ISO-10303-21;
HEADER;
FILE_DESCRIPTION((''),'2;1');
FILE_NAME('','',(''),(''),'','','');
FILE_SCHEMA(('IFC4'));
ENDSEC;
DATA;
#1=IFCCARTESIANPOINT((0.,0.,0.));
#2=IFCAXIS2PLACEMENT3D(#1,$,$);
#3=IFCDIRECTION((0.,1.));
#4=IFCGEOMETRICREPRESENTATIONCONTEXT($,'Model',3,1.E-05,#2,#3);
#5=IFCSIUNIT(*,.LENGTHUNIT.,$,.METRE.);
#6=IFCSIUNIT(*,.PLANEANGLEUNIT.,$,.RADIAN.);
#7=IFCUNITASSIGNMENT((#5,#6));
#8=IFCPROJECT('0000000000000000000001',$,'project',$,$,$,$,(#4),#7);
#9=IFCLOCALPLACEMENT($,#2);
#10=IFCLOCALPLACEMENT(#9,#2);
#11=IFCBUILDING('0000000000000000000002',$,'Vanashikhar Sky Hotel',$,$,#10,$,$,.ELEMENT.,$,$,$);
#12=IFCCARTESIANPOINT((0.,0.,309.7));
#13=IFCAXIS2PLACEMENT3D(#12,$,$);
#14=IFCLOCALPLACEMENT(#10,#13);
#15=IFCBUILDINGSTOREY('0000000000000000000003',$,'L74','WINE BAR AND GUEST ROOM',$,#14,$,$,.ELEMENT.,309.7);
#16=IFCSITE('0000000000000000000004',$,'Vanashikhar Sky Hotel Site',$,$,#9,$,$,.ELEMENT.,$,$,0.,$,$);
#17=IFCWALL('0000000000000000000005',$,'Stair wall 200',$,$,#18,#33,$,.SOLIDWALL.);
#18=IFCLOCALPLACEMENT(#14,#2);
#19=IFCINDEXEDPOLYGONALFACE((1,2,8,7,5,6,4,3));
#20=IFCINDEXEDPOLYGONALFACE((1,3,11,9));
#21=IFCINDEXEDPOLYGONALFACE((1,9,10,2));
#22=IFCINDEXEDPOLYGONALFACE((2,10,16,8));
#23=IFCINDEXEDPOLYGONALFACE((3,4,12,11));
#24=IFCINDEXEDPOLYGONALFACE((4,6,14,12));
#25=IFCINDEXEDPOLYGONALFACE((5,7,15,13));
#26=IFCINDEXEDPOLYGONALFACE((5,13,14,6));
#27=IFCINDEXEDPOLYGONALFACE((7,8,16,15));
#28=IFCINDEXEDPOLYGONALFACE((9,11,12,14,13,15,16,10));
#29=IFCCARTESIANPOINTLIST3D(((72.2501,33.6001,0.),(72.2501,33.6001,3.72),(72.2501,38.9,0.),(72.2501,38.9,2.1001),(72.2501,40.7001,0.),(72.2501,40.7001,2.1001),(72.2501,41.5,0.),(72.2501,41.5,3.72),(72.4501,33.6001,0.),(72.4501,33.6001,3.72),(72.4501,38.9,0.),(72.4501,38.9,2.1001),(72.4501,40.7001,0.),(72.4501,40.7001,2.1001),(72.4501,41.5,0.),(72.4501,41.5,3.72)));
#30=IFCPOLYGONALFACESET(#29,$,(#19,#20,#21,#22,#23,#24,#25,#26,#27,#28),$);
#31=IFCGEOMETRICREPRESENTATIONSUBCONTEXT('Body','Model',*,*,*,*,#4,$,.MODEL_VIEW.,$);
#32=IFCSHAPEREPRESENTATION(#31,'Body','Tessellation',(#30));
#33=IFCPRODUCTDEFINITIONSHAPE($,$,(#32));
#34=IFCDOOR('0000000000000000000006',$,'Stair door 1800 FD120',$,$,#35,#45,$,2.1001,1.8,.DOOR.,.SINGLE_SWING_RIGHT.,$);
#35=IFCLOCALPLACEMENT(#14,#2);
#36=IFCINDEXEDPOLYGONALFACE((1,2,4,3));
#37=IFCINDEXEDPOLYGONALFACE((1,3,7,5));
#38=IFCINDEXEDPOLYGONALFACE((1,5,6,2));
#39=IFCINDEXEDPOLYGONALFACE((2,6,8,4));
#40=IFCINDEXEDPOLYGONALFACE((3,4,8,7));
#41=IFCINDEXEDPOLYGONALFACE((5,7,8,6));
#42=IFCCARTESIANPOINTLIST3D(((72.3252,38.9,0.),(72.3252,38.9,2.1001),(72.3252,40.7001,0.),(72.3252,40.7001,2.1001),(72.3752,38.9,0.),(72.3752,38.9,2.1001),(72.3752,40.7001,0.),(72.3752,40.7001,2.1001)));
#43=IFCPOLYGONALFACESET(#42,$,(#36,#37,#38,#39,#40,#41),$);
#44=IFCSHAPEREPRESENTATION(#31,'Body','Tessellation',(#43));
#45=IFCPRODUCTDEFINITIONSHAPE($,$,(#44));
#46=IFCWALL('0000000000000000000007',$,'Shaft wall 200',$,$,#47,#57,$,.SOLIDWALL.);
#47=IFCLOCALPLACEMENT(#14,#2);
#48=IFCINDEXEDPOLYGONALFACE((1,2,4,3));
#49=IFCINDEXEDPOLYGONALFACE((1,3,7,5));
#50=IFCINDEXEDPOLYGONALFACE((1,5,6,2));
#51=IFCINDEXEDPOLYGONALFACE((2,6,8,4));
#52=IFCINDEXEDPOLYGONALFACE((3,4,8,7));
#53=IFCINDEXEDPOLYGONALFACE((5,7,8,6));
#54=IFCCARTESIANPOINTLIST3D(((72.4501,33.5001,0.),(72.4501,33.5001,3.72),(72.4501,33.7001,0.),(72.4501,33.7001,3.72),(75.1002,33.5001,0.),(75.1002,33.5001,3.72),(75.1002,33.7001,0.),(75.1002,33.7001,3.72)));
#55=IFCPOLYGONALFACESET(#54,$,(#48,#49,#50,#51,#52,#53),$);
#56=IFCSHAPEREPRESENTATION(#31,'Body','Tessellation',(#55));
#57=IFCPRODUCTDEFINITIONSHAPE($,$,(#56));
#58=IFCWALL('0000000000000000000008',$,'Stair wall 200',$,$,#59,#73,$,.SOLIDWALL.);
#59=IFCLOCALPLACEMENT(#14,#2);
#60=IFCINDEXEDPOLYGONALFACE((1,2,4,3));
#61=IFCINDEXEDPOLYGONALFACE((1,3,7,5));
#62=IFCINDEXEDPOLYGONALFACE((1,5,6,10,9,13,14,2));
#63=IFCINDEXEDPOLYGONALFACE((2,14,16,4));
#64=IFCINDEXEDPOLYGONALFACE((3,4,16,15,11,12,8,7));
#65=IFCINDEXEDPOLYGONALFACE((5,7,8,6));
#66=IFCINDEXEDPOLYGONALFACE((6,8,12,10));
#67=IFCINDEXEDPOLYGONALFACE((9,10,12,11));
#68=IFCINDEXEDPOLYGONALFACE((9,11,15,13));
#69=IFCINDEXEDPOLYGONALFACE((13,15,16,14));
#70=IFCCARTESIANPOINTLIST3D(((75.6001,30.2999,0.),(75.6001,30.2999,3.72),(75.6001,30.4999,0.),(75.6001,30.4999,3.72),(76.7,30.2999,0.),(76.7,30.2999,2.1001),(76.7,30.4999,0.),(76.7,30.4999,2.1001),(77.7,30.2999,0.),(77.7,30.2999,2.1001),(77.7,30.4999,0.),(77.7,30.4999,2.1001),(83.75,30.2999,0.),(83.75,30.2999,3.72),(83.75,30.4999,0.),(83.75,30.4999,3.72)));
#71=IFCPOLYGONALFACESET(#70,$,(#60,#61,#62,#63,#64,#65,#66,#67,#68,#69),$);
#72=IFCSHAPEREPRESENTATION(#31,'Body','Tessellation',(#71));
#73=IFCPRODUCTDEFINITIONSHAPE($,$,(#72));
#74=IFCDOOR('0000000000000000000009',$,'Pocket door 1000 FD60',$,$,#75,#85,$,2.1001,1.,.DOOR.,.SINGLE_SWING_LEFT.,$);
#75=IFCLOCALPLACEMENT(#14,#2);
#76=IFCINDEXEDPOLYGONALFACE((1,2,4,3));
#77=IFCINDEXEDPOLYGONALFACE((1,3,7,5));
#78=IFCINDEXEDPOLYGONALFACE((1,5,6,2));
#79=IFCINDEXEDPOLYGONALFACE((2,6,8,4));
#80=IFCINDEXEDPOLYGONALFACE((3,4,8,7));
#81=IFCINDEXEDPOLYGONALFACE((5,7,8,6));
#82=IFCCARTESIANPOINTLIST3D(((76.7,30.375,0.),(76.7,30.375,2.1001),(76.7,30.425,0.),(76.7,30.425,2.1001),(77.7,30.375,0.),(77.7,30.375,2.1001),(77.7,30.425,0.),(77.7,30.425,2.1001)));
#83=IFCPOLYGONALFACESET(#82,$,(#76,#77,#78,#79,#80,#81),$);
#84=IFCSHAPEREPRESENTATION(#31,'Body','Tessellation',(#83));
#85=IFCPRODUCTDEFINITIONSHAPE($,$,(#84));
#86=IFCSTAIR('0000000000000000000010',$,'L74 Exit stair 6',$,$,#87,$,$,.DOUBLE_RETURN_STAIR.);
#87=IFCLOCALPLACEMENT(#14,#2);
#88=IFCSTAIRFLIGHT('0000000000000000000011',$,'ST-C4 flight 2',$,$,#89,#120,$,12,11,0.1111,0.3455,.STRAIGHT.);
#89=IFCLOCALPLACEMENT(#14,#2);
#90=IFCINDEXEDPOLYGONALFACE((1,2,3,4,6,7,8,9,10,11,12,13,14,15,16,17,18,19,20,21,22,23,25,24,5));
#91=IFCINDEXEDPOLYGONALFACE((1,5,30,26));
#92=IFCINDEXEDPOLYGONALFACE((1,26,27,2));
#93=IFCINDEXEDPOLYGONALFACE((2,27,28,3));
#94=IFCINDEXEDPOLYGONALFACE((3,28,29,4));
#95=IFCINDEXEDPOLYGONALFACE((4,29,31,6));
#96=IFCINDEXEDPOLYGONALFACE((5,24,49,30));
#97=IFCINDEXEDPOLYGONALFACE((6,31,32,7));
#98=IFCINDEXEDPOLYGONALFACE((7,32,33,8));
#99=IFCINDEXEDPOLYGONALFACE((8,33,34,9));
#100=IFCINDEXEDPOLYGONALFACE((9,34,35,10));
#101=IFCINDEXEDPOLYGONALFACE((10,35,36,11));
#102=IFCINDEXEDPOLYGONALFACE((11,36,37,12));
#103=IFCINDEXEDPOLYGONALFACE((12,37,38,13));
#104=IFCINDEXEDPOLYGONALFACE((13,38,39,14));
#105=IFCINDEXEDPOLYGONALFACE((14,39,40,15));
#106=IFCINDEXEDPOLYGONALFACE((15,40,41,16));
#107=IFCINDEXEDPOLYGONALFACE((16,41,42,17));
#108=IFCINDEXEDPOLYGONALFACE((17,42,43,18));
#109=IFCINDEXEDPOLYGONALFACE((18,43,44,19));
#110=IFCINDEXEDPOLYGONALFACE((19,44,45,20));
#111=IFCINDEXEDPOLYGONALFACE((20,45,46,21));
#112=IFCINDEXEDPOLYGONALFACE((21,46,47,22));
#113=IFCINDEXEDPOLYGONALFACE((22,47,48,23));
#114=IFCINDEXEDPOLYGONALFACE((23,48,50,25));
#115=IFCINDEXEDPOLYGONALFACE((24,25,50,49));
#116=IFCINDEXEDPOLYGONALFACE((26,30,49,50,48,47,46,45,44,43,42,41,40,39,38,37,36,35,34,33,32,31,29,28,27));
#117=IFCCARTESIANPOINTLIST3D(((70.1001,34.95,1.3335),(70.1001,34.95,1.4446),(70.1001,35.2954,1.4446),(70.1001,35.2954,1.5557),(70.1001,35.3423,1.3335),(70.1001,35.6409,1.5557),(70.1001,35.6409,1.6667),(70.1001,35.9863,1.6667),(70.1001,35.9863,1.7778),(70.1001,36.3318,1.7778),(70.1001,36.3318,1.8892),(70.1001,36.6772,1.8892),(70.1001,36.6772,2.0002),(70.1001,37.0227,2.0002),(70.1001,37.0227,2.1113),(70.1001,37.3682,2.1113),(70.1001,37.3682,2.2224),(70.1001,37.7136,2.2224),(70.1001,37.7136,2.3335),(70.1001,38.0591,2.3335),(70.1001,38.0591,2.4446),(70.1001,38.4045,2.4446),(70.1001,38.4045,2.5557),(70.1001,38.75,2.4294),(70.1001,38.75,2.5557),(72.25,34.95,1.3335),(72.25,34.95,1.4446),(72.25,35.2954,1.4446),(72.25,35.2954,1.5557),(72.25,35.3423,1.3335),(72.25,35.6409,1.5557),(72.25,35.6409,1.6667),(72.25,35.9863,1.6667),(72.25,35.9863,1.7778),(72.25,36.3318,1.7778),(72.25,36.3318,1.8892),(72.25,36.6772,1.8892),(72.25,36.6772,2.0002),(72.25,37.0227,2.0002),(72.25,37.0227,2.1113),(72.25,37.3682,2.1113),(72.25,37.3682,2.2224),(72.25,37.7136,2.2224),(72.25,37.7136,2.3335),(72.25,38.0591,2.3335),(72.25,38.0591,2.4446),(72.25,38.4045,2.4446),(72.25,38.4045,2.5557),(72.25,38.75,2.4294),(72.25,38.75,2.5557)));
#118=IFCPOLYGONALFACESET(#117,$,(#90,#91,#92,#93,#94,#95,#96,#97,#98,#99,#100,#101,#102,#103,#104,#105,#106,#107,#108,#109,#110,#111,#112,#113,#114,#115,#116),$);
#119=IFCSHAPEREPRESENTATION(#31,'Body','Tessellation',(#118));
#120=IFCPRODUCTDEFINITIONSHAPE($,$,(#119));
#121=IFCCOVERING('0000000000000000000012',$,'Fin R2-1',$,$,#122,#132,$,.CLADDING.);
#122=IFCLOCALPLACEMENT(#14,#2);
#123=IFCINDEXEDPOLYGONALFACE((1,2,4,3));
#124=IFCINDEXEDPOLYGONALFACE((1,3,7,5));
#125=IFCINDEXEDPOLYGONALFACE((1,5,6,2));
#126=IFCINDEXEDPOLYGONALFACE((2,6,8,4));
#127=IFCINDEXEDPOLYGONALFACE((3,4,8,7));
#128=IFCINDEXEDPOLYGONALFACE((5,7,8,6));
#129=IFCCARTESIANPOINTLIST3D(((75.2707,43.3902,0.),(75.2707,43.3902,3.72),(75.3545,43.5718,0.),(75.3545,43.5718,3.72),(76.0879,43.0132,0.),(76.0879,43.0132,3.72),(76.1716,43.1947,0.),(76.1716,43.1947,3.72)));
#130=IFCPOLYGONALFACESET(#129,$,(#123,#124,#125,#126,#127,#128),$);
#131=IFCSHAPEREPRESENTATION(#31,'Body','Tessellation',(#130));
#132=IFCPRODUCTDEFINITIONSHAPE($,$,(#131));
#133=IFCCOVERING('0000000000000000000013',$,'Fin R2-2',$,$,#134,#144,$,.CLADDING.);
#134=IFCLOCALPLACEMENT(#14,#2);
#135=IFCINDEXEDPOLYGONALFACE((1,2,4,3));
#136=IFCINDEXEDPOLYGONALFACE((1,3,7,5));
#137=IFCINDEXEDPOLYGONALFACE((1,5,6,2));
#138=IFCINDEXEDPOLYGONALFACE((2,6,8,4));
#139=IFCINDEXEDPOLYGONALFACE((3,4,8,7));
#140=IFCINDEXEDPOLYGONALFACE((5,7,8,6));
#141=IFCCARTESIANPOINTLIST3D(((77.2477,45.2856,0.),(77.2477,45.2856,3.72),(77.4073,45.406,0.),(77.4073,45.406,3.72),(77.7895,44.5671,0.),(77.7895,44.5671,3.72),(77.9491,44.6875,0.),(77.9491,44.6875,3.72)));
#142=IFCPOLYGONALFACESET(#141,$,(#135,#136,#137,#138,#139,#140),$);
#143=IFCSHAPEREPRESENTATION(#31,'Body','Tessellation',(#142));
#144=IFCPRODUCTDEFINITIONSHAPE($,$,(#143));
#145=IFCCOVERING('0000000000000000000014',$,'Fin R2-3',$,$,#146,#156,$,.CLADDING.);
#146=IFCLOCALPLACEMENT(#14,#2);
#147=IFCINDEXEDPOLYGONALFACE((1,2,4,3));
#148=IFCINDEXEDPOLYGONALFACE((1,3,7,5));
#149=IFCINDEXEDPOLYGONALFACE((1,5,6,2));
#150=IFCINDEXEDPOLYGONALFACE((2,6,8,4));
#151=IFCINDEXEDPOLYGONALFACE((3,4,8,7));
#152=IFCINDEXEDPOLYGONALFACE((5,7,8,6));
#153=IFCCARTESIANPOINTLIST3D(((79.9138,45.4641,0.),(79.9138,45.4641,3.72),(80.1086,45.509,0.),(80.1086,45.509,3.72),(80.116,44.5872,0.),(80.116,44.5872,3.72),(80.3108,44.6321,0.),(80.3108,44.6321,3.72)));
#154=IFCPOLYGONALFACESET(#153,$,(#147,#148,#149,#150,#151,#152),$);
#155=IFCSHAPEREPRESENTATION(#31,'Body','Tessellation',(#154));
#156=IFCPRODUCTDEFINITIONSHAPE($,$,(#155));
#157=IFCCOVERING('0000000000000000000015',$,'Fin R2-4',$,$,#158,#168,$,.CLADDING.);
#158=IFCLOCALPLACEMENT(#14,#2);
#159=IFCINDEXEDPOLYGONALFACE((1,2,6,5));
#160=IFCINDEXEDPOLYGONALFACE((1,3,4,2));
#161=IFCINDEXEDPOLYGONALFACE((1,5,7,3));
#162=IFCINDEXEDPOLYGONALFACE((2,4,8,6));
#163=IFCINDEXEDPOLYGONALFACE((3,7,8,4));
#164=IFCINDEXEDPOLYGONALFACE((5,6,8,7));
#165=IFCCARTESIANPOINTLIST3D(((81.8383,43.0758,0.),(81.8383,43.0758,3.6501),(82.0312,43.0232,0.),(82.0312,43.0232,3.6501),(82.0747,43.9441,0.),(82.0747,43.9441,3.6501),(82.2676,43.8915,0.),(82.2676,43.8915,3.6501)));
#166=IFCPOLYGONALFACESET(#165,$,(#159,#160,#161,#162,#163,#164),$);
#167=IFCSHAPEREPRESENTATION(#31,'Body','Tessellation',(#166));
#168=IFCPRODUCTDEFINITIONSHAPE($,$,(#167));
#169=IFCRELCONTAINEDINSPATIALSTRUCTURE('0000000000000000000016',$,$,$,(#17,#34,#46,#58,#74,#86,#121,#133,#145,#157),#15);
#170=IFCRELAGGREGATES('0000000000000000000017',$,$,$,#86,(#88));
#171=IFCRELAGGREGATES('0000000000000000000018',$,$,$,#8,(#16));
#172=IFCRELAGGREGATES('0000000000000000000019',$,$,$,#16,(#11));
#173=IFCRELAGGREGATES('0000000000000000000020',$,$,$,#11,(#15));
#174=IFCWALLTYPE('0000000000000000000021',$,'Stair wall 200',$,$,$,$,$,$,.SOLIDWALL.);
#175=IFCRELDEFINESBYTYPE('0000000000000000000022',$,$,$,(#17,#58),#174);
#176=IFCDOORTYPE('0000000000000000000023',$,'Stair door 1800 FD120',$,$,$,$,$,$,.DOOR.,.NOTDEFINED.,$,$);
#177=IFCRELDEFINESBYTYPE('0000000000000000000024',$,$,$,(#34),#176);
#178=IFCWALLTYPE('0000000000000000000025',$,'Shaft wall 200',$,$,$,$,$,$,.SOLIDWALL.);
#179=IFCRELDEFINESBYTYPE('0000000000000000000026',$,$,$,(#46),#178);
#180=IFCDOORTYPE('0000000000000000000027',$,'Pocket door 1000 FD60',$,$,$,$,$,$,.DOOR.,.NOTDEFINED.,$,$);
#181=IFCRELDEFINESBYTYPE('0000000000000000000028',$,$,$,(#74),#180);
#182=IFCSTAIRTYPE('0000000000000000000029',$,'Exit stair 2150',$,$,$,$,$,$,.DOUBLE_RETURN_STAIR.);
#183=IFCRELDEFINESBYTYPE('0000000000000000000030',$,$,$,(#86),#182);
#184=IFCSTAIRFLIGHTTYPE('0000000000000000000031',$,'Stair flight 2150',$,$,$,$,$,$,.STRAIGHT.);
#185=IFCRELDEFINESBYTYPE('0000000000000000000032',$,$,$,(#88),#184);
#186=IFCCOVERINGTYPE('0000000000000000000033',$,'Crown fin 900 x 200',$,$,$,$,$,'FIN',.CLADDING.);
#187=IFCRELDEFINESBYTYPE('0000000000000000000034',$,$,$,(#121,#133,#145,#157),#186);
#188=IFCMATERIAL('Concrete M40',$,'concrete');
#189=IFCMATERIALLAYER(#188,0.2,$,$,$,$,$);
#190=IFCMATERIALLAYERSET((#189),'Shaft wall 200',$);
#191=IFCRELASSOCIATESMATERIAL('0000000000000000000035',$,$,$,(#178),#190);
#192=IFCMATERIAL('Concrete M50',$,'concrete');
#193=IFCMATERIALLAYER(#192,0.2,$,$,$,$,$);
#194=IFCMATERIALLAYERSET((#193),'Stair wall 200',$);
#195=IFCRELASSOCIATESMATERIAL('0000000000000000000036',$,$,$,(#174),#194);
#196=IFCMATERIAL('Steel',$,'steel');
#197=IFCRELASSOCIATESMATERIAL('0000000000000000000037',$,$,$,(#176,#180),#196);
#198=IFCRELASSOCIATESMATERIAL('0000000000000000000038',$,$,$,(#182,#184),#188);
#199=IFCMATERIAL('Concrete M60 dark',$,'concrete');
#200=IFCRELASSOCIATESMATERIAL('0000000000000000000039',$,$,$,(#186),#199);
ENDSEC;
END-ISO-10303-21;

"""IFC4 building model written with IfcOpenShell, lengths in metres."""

from ifc_helpers import new_model, si_unit, direction, frame, frame_2d, origin, origin_2d, place, context, subcontext, project, spatial, polyline, rectangle, outline, extrude, source, transform, mapped, material, layer, layer_set, material_profile, profile_set, type_object, element, fill, aggregate, save


model = new_model("IFC4")

# Units and contexts
model_context = context("Model", 3, precision=1e-05, world=origin(), true_north=direction((0.0, 1.0)))
body_context = subcontext(model_context, "Body", "Model", "MODEL_VIEW")
ifc_project = project(units=[si_unit("LENGTHUNIT", "METRE"), si_unit("PLANEANGLEUNIT", "RADIAN")], contexts=[model_context])

# Site, building, storey
site_placement = place(None, origin())
site = spatial("IfcSite", under=ifc_project, at=site_placement, Name="Vanashikhar Sky Hotel Site", CompositionType="ELEMENT", RefElevation=0.0)
building_placement = place(site_placement, origin())
building = spatial("IfcBuilding", under=site, at=building_placement, Name="Vanashikhar Sky Hotel", CompositionType="ELEMENT")
storey_placement = place(building_placement, frame((0.0, 0.0, 309.7)))
storey = spatial("IfcBuildingStorey", under=building, at=storey_placement, Name="L74", Description="WINE BAR AND GUEST ROOM", CompositionType="ELEMENT", Elevation=309.7)

# Shared definitions
ifc_material_1 = material(Name="Concrete M50", Category="concrete")

# Shared definitions
ifc_material_2 = material(Name="Concrete M40", Category="concrete")
ifc_layer_1 = layer(ifc_material_2, 0.2)
ifc_layer_set_1 = layer_set([ifc_layer_1], Name="Shaft wall 200")
wall_type_1 = type_object("IfcWallType", Name="Shaft wall 200", PredefinedType="SOLIDWALL", material=ifc_layer_set_1)

# Wall, opening, door
ifc_layer_2 = layer(ifc_material_1, 0.2)
ifc_layer_set_2 = layer_set([ifc_layer_2], Name="Stair wall 200")
wall_type_2 = type_object("IfcWallType", Name="Stair wall 200", PredefinedType="SOLIDWALL", material=ifc_layer_set_2)
shared_shape_1 = source(origin(), body_context, "Body", "SweptSolid", [
    extrude(rectangle(XDim=7.8999, YDim=0.2, at=frame_2d((3.95, 0.0))), origin(), (0.0, 0.0, 1.0), 3.72),
])
wall_1_placement = place(storey_placement, frame((72.3501, 33.6001, 0.0), z_axis=(0.0, 0.0, 1.0), x_axis=(0.0, 1.0, 0.0)))
wall_1 = element("IfcWall", 1, at=wall_1_placement, inside=storey, type_object=wall_type_2, Name="Stair wall 200", PredefinedType="SOLIDWALL", context=body_context, shape_type="MappedRepresentation", body=[
    mapped(shared_shape_1, transform((0.0, 0.0, 0.0), scale=1.0)),
])
shared_shape_2 = source(origin(), body_context, "Body", "SweptSolid", [
    extrude(rectangle(XDim=1.8, YDim=2.1001, at=frame_2d((0.8999, 1.05))), frame((0.0, 0.1099, 0.0), z_axis=(0.0, -1.0, 0.0), x_axis=(1.0, 0.0, 0.0)), (0.0, 0.0, 1.0), 0.22),
])
opening_1_placement = place(wall_1_placement, frame((5.3, 0.0, 0.0)))
opening_1 = element("IfcOpeningElement", 2, at=opening_1_placement, cuts=wall_1, PredefinedType="OPENING", context=body_context, shape_type="MappedRepresentation", body=[
    mapped(shared_shape_2, transform((0.0, 0.0, 0.0), scale=1.0)),
])
ifc_material_3 = material(Name="Steel", Category="steel")
door_type_1 = type_object("IfcDoorType", Name="Stair door 1800 FD120", OperationType="NOTDEFINED", PredefinedType="DOOR", material=ifc_material_3)
shared_shape_3 = source(origin(), body_context, "Body", "SweptSolid", [
    extrude(rectangle(XDim=1.8, YDim=2.1001, at=frame_2d((0.8999, 1.05))), frame((0.0, 0.0249, 0.0), z_axis=(0.0, -1.0, 0.0), x_axis=(1.0, 0.0, 0.0)), (0.0, 0.0, 1.0), 0.05),
])
door_1_placement = place(opening_1_placement, origin())
door_1 = element("IfcDoor", 3, at=door_1_placement, inside=storey, type_object=door_type_1, Name="Stair door 1800 FD120", OperationType="SINGLE_SWING_RIGHT", OverallHeight=2.1001, OverallWidth=1.8, PredefinedType="DOOR", context=body_context, shape_type="MappedRepresentation", body=[
    mapped(shared_shape_3, transform((0.0, 0.0, 0.0), scale=1.0)),
])
fill(opening_1, door_1)

# Wall
shared_shape_4 = source(origin(), body_context, "Body", "SweptSolid", [
    extrude(rectangle(XDim=2.6501, YDim=0.2, at=frame_2d((1.3252, 0.0))), origin(), (0.0, 0.0, 1.0), 3.72),
])
wall_2_placement = place(storey_placement, frame((72.45, 33.6001, 0.0), z_axis=(0.0, 0.0, 1.0), x_axis=(1.0, 0.0, 0.0)))
element("IfcWall", 4, at=wall_2_placement, inside=storey, type_object=wall_type_1, Name="Shaft wall 200", PredefinedType="SOLIDWALL", context=body_context, shape_type="MappedRepresentation", body=[
    mapped(shared_shape_4, transform((0.0, 0.0, 0.0), scale=1.0)),
])

# Wall, opening, door
shared_shape_5 = source(origin(), body_context, "Body", "SweptSolid", [
    extrude(rectangle(XDim=8.1499, YDim=0.2, at=frame_2d((4.075, 0.0))), origin(), (0.0, 0.0, 1.0), 3.72),
])
wall_3_placement = place(storey_placement, frame((83.75, 30.3999, 0.0), z_axis=(0.0, 0.0, 1.0), x_axis=(-1.0, 0.0, 0.0)))
wall_3 = element("IfcWall", 5, at=wall_3_placement, inside=storey, type_object=wall_type_2, Name="Stair wall 200", PredefinedType="SOLIDWALL", context=body_context, shape_type="MappedRepresentation", body=[
    mapped(shared_shape_5, transform((0.0, 0.0, 0.0), scale=1.0)),
])
shared_shape_6 = source(origin(), body_context, "Body", "SweptSolid", [
    extrude(rectangle(XDim=1.0, YDim=2.1001, at=frame_2d((0.5, 1.05))), frame((0.0, 0.1099, 0.0), z_axis=(0.0, -1.0, 0.0), x_axis=(1.0, 0.0, 0.0)), (0.0, 0.0, 1.0), 0.22),
])
opening_2_placement = place(wall_3_placement, frame((6.05, 0.0, 0.0)))
opening_2 = element("IfcOpeningElement", 6, at=opening_2_placement, cuts=wall_3, PredefinedType="OPENING", context=body_context, shape_type="MappedRepresentation", body=[
    mapped(shared_shape_6, transform((0.0, 0.0, 0.0), scale=1.0)),
])
door_type_2 = type_object("IfcDoorType", Name="Pocket door 1000 FD60", OperationType="NOTDEFINED", PredefinedType="DOOR", material=ifc_material_3)
shared_shape_7 = source(origin(), body_context, "Body", "SweptSolid", [
    extrude(rectangle(XDim=1.0, YDim=2.1001, at=frame_2d((0.5, 1.05))), frame((0.0, 0.0249, 0.0), z_axis=(0.0, -1.0, 0.0), x_axis=(1.0, 0.0, 0.0)), (0.0, 0.0, 1.0), 0.05),
])
door_2_placement = place(opening_2_placement, origin())
door_2 = element("IfcDoor", 7, at=door_2_placement, inside=storey, type_object=door_type_2, Name="Pocket door 1000 FD60", OperationType="SINGLE_SWING_LEFT", OverallHeight=2.1001, OverallWidth=1.0, PredefinedType="DOOR", context=body_context, shape_type="MappedRepresentation", body=[
    mapped(shared_shape_7, transform((0.0, 0.0, 0.0), scale=1.0)),
])
fill(opening_2, door_2)

# Stair, stair flight
stair_type = type_object("IfcStairType", Name="Exit stair 2150", PredefinedType="DOUBLE_RETURN_STAIR", material=ifc_material_2)
stair_placement = place(storey_placement, origin())
stair = element("IfcStair", 8, at=stair_placement, inside=storey, type_object=stair_type, Name="L74 Exit stair 6", PredefinedType="DOUBLE_RETURN_STAIR")
stair_flight_type = type_object("IfcStairFlightType", Name="Stair flight 2150", PredefinedType="STRAIGHT", material=ifc_material_2)
shared_shape_8 = source(origin(), body_context, "Body", "SweptSolid", [
    extrude(outline(polyline([(0.0, 0.0), (0.0, 0.1111), (0.3455, 0.1111), (0.3455, 0.2222), (0.6909, 0.2222), (0.6909, 0.3333), (1.0364, 0.3333), (1.0364, 0.4443), (1.3818, 0.4443), (1.3818, 0.5557), (1.7273, 0.5557), (1.7273, 0.6667), (2.0728, 0.6667), (2.0728, 0.7778), (2.4182, 0.7778), (2.4182, 0.8889), (2.7637, 0.8889), (2.7637, 1.0), (3.1091, 1.0), (3.1091, 1.1111), (3.4546, 1.1111), (3.4546, 1.2222), (3.8, 1.2222), (3.8, 1.3333), (3.8, 1.0959), (0.3923, 0.0), (0.0, 0.0)])), frame((0.0, 1.075, 0.0), z_axis=(0.0, -1.0, 0.0), x_axis=(1.0, 0.0, 0.0)), (0.0, 0.0, 1.0), 2.1499),
])
stair_flight_placement = place(storey_placement, frame((71.175, 34.95, 1.3335), z_axis=(0.0, 0.0, 1.0), x_axis=(0.0, 1.0, 0.0)))
stair_flight = element("IfcStairFlight", 9, at=stair_flight_placement, type_object=stair_flight_type, Name="ST-C4 flight 2", NumberOfRisers=12, NumberOfTreads=11, PredefinedType="STRAIGHT", RiserHeight=0.1111, TreadLength=0.3455, context=body_context, shape_type="MappedRepresentation", body=[
    mapped(shared_shape_8, transform((0.0, 0.0, 0.0), scale=1.0)),
])
aggregate(stair, [stair_flight])

# Coverings
ifc_material_4 = material(Name="Concrete M60 dark", Category="concrete")
ifc_material_profile = material_profile(ifc_material_4, rectangle(XDim=0.8999, YDim=0.2, at=origin_2d()))
ifc_profile_set = profile_set([ifc_material_profile], Name="Crown fin 900 x 200")
covering_type = type_object("IfcCoveringType", Name="Crown fin 900 x 200", ElementType="FIN", PredefinedType="CLADDING", material=ifc_profile_set)
shared_shape_9 = source(origin(), body_context, "Body", "SweptSolid", [
    extrude(rectangle(XDim=0.8999, YDim=0.2, at=origin_2d()), origin(), (0.0, 0.0, 1.0), 3.72),
])
for number, where, z_axis, x_axis, name in (
    (10, (75.7212, 43.2925, 0.0), (0.0, 0.0, 1.0), (-0.908004, 0.418961, 0.0), "Fin R2-1"),
    (11, (77.5984, 44.9866, 0.0), (0.0, 0.0, 1.0), (-0.602066, 0.798446, 0.0), "Fin R2-2"),
    (12, (80.1123, 45.0481, 0.0), (0.0, 0.0, 1.0), (-0.224645, 0.974441, 0.0), "Fin R2-3"),
):
    element("IfcCovering", number, at=place(storey_placement, frame(where, z_axis=z_axis, x_axis=x_axis)), inside=storey, type_object=covering_type, Name=name, PredefinedType="CLADDING", context=body_context, shape_type="MappedRepresentation", body=[
        mapped(shared_shape_9, transform((0.0, 0.0, 0.0), scale=1.0)),
    ])
shared_shape_10 = source(origin(), body_context, "Body", "SweptSolid", [
    extrude(rectangle(XDim=0.8999, YDim=0.2, at=origin_2d()), origin(), (0.0, 0.0, 1.0), 3.6501),
])
covering_placement = place(storey_placement, frame((82.053, 43.4836, 0.0), z_axis=(0.0, 0.0, 1.0), x_axis=(0.262711, 0.964874, 0.0)))
element("IfcCovering", 13, at=covering_placement, inside=storey, type_object=covering_type, Name="Fin R2-4", PredefinedType="CLADDING", context=body_context, shape_type="MappedRepresentation", body=[
    mapped(shared_shape_10, transform((0.0, 0.0, 0.0), scale=1.0)),
])

save(model, "model.ifc")
